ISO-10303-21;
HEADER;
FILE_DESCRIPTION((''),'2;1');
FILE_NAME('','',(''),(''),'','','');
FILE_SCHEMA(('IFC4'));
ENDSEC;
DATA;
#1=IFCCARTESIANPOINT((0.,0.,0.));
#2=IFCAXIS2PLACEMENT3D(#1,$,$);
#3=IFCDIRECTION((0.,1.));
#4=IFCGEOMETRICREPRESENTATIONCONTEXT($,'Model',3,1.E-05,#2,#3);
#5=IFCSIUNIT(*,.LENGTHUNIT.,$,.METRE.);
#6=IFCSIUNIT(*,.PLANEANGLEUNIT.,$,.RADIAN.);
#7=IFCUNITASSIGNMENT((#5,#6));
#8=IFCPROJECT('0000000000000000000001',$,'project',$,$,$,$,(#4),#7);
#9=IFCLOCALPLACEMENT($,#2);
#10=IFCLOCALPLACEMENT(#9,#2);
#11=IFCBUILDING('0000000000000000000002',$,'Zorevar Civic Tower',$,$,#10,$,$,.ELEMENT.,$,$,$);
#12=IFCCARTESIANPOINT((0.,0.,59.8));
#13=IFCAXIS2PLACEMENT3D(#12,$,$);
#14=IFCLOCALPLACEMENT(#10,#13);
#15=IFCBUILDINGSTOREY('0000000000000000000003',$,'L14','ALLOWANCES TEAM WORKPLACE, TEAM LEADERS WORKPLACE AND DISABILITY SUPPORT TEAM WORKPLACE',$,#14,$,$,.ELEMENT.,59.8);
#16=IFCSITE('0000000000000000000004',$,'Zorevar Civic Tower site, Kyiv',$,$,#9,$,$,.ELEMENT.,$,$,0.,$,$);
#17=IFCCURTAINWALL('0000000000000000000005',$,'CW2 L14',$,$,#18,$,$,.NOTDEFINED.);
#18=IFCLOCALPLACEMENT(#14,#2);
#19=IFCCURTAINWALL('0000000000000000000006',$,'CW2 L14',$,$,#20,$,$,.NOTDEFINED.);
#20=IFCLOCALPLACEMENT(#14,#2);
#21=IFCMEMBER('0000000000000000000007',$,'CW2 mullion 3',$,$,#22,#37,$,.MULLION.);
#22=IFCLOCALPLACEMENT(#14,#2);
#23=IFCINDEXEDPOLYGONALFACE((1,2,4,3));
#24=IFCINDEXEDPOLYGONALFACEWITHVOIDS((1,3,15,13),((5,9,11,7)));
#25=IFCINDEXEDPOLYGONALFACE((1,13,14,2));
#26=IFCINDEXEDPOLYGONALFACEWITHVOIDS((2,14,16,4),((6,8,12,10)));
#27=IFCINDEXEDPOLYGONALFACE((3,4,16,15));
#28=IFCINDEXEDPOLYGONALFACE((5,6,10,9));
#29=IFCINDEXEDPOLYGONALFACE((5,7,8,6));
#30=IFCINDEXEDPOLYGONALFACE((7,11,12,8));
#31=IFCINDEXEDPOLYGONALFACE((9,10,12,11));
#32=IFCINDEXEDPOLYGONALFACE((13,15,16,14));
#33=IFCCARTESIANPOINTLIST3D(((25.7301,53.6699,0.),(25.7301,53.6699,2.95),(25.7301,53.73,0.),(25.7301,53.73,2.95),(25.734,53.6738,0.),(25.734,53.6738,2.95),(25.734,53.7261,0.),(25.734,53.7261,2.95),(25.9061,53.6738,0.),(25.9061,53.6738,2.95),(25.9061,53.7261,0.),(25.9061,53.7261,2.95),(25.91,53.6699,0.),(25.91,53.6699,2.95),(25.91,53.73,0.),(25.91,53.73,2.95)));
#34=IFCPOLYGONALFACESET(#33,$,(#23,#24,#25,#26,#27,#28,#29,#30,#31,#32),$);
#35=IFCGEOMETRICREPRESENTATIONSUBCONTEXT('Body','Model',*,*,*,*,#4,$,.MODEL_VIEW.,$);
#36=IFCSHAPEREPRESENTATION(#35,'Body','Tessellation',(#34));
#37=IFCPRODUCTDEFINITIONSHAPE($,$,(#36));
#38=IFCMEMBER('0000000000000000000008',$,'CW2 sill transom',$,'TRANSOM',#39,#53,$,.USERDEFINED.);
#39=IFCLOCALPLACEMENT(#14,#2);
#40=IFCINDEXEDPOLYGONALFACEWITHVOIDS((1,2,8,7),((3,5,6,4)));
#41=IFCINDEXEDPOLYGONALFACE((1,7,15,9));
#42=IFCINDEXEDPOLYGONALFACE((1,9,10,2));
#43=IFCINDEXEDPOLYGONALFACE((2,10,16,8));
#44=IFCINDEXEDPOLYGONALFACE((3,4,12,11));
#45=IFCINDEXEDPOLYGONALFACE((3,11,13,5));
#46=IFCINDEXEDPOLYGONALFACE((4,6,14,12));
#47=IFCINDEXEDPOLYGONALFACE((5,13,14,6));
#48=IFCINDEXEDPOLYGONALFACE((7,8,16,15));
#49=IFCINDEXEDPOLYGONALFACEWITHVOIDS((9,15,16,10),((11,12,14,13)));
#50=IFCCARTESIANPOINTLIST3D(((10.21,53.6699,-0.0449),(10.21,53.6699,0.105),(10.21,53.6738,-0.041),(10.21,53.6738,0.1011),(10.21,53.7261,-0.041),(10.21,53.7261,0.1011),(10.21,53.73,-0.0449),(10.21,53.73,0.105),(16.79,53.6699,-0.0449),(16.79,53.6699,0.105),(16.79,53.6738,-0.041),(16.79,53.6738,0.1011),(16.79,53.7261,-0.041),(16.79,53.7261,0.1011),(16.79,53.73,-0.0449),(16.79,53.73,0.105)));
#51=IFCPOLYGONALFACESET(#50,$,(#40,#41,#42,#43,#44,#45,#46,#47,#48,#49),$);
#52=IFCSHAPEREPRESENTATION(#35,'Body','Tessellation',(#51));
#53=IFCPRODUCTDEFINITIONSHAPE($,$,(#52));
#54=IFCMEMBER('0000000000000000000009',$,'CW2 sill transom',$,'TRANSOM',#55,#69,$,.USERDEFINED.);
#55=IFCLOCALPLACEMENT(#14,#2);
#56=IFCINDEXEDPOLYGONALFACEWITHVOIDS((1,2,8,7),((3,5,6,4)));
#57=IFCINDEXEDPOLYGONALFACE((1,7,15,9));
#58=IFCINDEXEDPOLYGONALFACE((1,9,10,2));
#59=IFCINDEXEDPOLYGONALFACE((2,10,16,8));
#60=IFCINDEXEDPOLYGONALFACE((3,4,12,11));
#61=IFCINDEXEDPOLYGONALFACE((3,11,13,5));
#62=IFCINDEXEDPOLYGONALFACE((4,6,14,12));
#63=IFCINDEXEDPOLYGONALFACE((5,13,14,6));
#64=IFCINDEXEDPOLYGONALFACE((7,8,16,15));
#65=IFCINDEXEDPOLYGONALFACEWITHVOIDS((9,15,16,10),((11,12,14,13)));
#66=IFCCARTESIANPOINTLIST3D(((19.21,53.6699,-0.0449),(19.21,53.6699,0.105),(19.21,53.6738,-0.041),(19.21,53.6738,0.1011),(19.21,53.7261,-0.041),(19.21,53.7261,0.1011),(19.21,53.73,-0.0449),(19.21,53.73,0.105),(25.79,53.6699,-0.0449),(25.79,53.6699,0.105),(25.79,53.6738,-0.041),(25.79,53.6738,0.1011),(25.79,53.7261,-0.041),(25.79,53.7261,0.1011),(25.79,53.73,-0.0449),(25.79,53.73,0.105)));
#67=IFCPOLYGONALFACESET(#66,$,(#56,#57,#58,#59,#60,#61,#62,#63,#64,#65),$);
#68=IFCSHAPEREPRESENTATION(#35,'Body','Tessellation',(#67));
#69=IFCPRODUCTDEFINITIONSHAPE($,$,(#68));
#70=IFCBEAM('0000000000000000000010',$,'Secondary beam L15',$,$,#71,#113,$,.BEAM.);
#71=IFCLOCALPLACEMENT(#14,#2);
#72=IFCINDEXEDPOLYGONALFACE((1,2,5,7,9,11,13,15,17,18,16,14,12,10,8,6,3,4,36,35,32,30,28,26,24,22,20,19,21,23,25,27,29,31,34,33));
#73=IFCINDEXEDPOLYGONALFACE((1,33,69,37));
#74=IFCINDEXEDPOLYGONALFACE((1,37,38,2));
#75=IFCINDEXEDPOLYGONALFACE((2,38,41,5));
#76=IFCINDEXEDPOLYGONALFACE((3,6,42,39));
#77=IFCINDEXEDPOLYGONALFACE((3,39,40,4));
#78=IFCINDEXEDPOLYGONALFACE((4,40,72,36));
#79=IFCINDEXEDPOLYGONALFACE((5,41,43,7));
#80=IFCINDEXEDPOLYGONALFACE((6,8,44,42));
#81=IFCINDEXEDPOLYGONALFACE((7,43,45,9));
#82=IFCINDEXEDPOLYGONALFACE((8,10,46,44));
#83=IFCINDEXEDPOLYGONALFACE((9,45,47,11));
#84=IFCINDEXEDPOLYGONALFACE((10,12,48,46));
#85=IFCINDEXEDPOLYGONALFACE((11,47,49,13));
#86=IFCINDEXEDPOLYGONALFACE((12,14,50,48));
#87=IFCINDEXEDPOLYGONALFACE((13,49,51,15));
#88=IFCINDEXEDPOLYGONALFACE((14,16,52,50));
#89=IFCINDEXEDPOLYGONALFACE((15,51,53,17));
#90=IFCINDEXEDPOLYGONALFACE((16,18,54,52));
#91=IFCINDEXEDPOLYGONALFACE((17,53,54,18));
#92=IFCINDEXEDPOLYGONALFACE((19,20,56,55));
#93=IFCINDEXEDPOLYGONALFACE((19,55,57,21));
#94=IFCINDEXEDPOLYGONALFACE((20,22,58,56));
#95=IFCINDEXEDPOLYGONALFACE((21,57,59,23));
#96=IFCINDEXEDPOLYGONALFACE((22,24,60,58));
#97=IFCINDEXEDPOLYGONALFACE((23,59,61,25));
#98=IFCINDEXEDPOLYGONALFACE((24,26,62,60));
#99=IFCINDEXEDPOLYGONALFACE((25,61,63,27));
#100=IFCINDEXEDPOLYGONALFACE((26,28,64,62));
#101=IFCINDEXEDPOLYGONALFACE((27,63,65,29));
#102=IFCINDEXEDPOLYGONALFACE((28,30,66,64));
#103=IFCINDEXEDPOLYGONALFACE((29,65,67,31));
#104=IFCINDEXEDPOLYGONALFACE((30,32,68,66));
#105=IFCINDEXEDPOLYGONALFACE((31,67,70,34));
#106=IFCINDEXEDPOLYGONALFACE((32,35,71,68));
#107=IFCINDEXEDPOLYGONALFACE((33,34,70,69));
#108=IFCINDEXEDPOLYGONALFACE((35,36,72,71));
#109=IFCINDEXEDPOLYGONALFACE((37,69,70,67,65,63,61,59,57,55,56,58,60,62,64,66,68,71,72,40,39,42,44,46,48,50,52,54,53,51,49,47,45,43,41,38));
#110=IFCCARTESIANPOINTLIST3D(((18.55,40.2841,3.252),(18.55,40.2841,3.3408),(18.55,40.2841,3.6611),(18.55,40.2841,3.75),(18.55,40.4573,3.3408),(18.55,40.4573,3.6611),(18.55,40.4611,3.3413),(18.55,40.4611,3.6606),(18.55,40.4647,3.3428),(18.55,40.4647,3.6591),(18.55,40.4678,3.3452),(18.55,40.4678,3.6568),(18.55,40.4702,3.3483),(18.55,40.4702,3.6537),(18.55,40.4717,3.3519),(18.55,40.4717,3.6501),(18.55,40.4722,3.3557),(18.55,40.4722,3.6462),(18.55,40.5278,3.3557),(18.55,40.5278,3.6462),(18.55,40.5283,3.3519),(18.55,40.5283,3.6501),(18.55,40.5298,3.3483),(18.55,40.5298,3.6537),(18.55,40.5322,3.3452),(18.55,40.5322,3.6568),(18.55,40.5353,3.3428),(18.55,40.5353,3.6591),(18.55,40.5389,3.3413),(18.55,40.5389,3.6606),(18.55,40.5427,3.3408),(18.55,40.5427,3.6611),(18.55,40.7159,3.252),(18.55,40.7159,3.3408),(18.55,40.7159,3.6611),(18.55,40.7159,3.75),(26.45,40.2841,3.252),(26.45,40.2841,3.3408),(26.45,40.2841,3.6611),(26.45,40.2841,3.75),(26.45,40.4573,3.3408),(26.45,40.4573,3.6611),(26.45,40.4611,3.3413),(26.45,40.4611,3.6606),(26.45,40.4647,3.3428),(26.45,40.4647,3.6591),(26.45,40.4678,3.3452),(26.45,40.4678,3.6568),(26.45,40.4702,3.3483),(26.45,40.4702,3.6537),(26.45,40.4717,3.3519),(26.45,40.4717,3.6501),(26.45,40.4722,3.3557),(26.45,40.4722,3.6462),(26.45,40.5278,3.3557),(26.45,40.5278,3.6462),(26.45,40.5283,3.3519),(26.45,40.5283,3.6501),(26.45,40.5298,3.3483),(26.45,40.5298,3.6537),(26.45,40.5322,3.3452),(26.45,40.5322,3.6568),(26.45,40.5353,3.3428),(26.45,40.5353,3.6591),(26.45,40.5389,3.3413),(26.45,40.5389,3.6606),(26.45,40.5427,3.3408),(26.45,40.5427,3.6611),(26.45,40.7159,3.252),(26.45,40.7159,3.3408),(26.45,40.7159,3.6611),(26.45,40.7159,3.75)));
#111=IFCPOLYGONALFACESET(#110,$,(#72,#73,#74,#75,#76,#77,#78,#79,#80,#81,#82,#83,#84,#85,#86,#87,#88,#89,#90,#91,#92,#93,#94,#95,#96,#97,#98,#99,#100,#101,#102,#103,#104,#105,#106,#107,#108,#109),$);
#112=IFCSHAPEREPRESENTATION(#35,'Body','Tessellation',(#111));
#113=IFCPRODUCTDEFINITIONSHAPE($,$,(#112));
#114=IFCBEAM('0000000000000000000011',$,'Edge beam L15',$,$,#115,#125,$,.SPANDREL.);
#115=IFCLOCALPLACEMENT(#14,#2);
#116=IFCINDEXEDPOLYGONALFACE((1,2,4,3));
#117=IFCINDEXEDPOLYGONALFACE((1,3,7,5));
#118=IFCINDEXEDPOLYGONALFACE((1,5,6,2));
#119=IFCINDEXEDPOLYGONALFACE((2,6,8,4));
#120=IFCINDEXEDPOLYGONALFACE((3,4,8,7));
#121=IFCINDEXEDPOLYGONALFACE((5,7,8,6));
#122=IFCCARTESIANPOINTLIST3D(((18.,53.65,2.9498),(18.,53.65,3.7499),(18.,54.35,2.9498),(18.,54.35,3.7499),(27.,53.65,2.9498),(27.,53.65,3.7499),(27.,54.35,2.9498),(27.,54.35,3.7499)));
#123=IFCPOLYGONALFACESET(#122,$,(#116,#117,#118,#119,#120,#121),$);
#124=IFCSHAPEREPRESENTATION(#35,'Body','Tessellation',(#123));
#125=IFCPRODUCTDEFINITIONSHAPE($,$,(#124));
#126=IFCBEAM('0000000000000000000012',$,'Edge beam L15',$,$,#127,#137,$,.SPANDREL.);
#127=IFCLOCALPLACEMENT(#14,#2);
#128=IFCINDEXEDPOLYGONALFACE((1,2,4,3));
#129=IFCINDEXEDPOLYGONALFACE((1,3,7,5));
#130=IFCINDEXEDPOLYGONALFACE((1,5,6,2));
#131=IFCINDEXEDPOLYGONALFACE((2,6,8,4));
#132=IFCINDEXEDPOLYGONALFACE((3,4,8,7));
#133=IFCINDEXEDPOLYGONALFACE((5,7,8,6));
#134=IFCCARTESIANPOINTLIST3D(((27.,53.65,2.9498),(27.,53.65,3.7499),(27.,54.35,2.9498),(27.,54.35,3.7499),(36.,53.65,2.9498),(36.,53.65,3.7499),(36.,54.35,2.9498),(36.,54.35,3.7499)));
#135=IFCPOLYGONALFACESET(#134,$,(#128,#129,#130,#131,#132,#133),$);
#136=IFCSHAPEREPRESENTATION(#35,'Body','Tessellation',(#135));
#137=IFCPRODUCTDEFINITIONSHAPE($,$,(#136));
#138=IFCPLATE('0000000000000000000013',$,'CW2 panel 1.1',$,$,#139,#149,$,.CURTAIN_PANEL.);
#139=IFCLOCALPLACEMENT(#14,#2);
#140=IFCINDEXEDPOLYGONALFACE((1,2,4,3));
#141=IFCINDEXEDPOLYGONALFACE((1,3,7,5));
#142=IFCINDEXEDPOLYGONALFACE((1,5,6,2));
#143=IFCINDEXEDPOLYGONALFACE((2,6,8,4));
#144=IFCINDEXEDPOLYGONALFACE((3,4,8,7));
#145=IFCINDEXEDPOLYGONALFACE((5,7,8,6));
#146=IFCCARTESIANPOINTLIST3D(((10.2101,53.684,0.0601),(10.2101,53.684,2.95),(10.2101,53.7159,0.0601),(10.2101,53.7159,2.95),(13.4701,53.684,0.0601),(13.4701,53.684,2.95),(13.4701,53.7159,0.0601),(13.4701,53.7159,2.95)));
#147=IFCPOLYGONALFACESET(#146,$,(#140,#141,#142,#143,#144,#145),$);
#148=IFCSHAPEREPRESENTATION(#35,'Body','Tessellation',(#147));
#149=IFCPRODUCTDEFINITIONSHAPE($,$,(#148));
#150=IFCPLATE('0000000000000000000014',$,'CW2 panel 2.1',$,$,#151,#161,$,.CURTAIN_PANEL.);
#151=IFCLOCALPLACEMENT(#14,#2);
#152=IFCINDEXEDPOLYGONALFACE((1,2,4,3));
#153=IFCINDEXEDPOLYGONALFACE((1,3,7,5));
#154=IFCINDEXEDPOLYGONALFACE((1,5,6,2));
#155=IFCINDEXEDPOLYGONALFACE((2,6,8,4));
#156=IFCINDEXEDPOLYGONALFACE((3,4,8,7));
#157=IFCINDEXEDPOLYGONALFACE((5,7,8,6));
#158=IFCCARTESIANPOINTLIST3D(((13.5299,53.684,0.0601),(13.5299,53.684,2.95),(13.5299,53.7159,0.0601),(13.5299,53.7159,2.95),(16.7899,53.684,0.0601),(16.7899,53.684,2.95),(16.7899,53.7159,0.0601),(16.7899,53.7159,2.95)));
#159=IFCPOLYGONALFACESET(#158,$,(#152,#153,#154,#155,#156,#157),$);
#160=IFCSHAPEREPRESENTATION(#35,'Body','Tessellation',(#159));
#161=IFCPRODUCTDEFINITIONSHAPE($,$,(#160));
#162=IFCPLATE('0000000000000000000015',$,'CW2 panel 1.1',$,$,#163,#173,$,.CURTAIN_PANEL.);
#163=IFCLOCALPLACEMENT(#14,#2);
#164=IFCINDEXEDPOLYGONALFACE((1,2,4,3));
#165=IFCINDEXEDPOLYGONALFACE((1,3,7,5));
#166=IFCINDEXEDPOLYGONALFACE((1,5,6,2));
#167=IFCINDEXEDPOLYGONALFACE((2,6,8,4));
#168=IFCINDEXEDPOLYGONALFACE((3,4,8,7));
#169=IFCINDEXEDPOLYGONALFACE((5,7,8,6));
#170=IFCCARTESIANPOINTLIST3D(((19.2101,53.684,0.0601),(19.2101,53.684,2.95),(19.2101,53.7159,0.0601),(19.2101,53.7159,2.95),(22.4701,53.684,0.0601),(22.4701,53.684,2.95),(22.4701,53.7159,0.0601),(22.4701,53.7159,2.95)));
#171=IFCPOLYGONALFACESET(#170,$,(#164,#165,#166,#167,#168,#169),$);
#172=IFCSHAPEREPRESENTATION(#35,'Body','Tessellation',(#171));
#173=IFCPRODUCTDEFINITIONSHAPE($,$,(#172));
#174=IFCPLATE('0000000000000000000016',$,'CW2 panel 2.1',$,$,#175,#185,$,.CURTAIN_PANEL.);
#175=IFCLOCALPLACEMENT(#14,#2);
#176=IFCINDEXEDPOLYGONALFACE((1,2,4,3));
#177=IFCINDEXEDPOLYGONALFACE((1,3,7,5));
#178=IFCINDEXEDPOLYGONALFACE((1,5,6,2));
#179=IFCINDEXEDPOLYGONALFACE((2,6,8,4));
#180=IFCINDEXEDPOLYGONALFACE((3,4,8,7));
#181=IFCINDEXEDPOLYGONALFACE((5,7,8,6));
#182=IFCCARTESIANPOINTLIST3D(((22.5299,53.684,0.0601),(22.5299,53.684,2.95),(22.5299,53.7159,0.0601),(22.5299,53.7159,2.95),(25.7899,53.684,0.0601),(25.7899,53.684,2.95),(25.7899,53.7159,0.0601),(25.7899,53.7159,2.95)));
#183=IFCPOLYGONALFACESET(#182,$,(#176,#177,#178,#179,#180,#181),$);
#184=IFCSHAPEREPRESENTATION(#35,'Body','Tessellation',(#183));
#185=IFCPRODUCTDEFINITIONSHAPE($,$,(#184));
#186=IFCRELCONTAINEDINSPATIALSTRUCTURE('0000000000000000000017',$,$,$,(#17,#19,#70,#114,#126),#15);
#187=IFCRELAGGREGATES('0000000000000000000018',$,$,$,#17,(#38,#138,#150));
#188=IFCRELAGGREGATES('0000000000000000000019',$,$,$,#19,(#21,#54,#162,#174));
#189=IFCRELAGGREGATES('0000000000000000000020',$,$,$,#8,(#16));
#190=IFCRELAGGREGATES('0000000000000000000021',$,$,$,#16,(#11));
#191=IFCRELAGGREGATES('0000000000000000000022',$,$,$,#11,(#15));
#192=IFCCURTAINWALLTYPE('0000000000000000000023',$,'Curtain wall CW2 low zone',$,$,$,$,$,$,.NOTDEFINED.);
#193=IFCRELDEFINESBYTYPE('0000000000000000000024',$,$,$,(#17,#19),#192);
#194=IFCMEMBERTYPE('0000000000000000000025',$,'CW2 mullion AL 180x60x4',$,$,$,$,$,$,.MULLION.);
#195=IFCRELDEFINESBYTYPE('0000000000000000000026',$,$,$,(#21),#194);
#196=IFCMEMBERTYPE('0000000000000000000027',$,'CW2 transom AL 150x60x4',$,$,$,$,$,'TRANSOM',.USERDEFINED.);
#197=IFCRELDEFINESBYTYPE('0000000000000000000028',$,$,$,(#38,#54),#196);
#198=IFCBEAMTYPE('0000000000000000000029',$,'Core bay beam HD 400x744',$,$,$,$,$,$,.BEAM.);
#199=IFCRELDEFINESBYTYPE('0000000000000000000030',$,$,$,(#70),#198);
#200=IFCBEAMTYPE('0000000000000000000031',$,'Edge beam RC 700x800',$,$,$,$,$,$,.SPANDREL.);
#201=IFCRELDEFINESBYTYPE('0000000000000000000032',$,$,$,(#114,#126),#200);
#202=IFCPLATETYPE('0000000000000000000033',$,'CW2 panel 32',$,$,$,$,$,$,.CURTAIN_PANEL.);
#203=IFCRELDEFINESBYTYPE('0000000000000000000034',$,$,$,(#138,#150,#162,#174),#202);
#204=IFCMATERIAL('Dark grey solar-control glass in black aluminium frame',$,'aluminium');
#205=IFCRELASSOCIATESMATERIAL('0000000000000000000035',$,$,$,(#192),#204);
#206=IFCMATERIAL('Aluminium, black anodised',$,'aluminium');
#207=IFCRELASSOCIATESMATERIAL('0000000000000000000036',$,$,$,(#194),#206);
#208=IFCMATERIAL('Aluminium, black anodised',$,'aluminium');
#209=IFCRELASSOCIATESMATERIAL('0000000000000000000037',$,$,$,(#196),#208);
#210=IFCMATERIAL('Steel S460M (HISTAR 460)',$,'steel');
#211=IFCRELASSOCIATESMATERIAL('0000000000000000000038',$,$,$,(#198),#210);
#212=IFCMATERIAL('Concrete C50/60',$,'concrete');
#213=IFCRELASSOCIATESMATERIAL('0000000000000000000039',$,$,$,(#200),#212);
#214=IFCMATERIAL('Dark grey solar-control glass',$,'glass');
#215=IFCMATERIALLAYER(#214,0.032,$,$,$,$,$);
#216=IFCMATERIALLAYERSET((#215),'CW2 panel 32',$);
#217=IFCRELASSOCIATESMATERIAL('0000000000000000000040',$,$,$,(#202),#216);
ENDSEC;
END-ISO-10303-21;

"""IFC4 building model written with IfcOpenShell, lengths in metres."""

from ifc_helpers import new_model, si_unit, direction, frame, origin, origin_2d, place, context, subcontext, project, spatial, rectangle, hollow_rectangle, i_section, extrude, material, layer, layer_set, material_profile, profile_set, type_object, element, aggregate, save


model = new_model("IFC4")

# Units and contexts
model_context = context("Model", 3, precision=1e-05, world=origin(), true_north=direction((0.0, 1.0)))
body_context = subcontext(model_context, "Body", "Model", "MODEL_VIEW")
ifc_project = project(units=[si_unit("LENGTHUNIT", "METRE"), si_unit("PLANEANGLEUNIT", "RADIAN")], contexts=[model_context])

# Site, building, storey
site_placement = place(None, origin())
site = spatial("IfcSite", under=ifc_project, at=site_placement, Name="Zorevar Civic Tower site, Kyiv", CompositionType="ELEMENT", RefElevation=0.0)
building_placement = place(site_placement, origin())
building = spatial("IfcBuilding", under=site, at=building_placement, Name="Zorevar Civic Tower", CompositionType="ELEMENT")
storey_placement = place(building_placement, frame((0.0, 0.0, 59.8)))
storey = spatial("IfcBuildingStorey", under=building, at=storey_placement, Name="L14", Description="ALLOWANCES TEAM WORKPLACE, TEAM LEADERS WORKPLACE AND DISABILITY SUPPORT TEAM WORKPLACE", CompositionType="ELEMENT", Elevation=59.8)

# Curtain walls, member
ifc_material_1 = material(Name="Dark grey solar-control glass in black aluminium frame", Category="aluminium")
curtain_wall_type = type_object("IfcCurtainWallType", Name="Curtain wall CW2 low zone", PredefinedType="NOTDEFINED", material=ifc_material_1)
curtain_wall_1_placement = place(storey_placement, origin())
curtain_wall_1 = element("IfcCurtainWall", 1, at=curtain_wall_1_placement, inside=storey, type_object=curtain_wall_type, Name="CW2 L14", PredefinedType="NOTDEFINED")
ifc_material_2 = material(Name="Aluminium, black anodised", Category="aluminium")
ifc_material_profile_1 = material_profile(ifc_material_2, hollow_rectangle(XDim=0.0601, YDim=0.1799, WallThickness=0.0039, at=origin_2d()), Name="AL 180x60x4")
ifc_profile_set_1 = profile_set([ifc_material_profile_1], Name="Aluminium, black anodised")
member_type_1 = type_object("IfcMemberType", Name="CW2 mullion AL 180x60x4", PredefinedType="MULLION", material=ifc_profile_set_1)
curtain_wall_2_placement = place(storey_placement, origin())
curtain_wall_2 = element("IfcCurtainWall", 2, at=curtain_wall_2_placement, inside=storey, type_object=curtain_wall_type, Name="CW2 L14", PredefinedType="NOTDEFINED")
member_1_placement = place(storey_placement, frame((25.8201, 53.7, 0.0), z_axis=(0.0, 0.0, 1.0), x_axis=(0.0, 1.0, 0.0)))
member_1 = element("IfcMember", 3, at=member_1_placement, type_object=member_type_1, Name="CW2 mullion 3", PredefinedType="MULLION", context=body_context, shape_type="SweptSolid", body=[
    extrude(hollow_rectangle(XDim=0.0601, YDim=0.1799, WallThickness=0.0039, at=origin_2d()), origin(), (0.0, 0.0, 1.0), 2.95),
])

# Members
ifc_material_3 = material(Name="Aluminium, black anodised", Category="aluminium")
ifc_material_profile_2 = material_profile(ifc_material_3, hollow_rectangle(XDim=0.0601, YDim=0.1499, WallThickness=0.0039, at=origin_2d()), Name="AL 150x60x4")
ifc_profile_set_2 = profile_set([ifc_material_profile_2], Name="Aluminium, black anodised")
member_type_2 = type_object("IfcMemberType", Name="CW2 transom AL 150x60x4", ElementType="TRANSOM", PredefinedType="USERDEFINED", material=ifc_profile_set_2)
member_2_placement = place(storey_placement, frame((10.21, 53.7, 0.03), z_axis=(1.0, 0.0, 0.0), x_axis=(0.0, 1.0, 0.0)))
member_2 = element("IfcMember", 4, at=member_2_placement, type_object=member_type_2, Name="CW2 sill transom", ObjectType="TRANSOM", PredefinedType="USERDEFINED", context=body_context, shape_type="SweptSolid", body=[
    extrude(hollow_rectangle(XDim=0.0601, YDim=0.1499, WallThickness=0.0039, at=origin_2d()), origin(), (0.0, 0.0, 1.0), 6.5801),
])
member_3_placement = place(storey_placement, frame((19.21, 53.7, 0.03), z_axis=(1.0, 0.0, 0.0), x_axis=(0.0, 1.0, 0.0)))
member_3 = element("IfcMember", 5, at=member_3_placement, type_object=member_type_2, Name="CW2 sill transom", ObjectType="TRANSOM", PredefinedType="USERDEFINED", context=body_context, shape_type="SweptSolid", body=[
    extrude(hollow_rectangle(XDim=0.0601, YDim=0.1499, WallThickness=0.0039, at=origin_2d()), origin(), (0.0, 0.0, 1.0), 6.5801),
])

# Beams
ifc_material_4 = material(Name="Steel S460M (HISTAR 460)", Category="steel")
ifc_material_profile_3 = material_profile(ifc_material_4, i_section(OverallWidth=0.4319, OverallDepth=0.498, WebThickness=0.0557, FlangeThickness=0.0889, FilletRadius=0.0149, at=origin_2d()), Name="HD 400x744")
ifc_profile_set_3 = profile_set([ifc_material_profile_3], Name="Steel S460M (HISTAR 460)")
beam_type_1 = type_object("IfcBeamType", Name="Core bay beam HD 400x744", PredefinedType="BEAM", material=ifc_profile_set_3)
beam_1_placement = place(storey_placement, frame((18.55, 40.5, 3.501), z_axis=(1.0, 0.0, 0.0), x_axis=(0.0, 1.0, 0.0)))
element("IfcBeam", 6, at=beam_1_placement, inside=storey, type_object=beam_type_1, Name="Secondary beam L15", PredefinedType="BEAM", context=body_context, shape_type="SweptSolid", body=[
    extrude(i_section(OverallWidth=0.4319, OverallDepth=0.498, WebThickness=0.0557, FlangeThickness=0.0889, FilletRadius=0.0149, at=origin_2d()), origin(), (0.0, 0.0, 1.0), 7.8999),
])
ifc_material_5 = material(Name="Concrete C50/60", Category="concrete")
ifc_material_profile_4 = material_profile(ifc_material_5, rectangle(XDim=0.7, YDim=0.8, at=origin_2d()), Name="RC 700x800")
ifc_profile_set_4 = profile_set([ifc_material_profile_4], Name="Concrete C50/60")
beam_type_2 = type_object("IfcBeamType", Name="Edge beam RC 700x800", PredefinedType="SPANDREL", material=ifc_profile_set_4)
for number, where, z_axis, x_axis, name in (
    (7, (18.0, 54.0, 3.3499), (1.0, 0.0, 0.0), (0.0, 1.0, 0.0), "Edge beam L15"),
    (8, (27.0, 54.0, 3.3499), (1.0, 0.0, 0.0), (0.0, 1.0, 0.0), "Edge beam L15"),
):
    element("IfcBeam", number, at=place(storey_placement, frame(where, z_axis=z_axis, x_axis=x_axis)), inside=storey, type_object=beam_type_2, Name=name, PredefinedType="SPANDREL", context=body_context, shape_type="SweptSolid", body=[
        extrude(rectangle(XDim=0.7, YDim=0.8, at=origin_2d()), origin(), (0.0, 0.0, 1.0), 9.0),
    ])

# Plates
ifc_material_6 = material(Name="Dark grey solar-control glass", Category="glass")
ifc_layer_1 = layer(ifc_material_6, 0.032)
ifc_layer_set_1 = layer_set([ifc_layer_1], Name="CW2 panel 32")
plate_type = type_object("IfcPlateType", Name="CW2 panel 32", PredefinedType="CURTAIN_PANEL", material=ifc_layer_set_1)
plate_1_placement = place(storey_placement, frame((11.8401, 53.7, 0.0601), z_axis=(0.0, 0.0, 1.0), x_axis=(1.0, 0.0, 0.0)))
plate_1 = element("IfcPlate", 9, at=plate_1_placement, type_object=plate_type, Name="CW2 panel 1.1", PredefinedType="CURTAIN_PANEL", context=body_context, shape_type="SweptSolid", body=[
    extrude(rectangle(XDim=3.26, YDim=0.032, at=origin_2d()), origin(), (0.0, 0.0, 1.0), 2.8899),
])
plate_2_placement = place(storey_placement, frame((15.1599, 53.7, 0.0601), z_axis=(0.0, 0.0, 1.0), x_axis=(1.0, 0.0, 0.0)))
plate_2 = element("IfcPlate", 10, at=plate_2_placement, type_object=plate_type, Name="CW2 panel 2.1", PredefinedType="CURTAIN_PANEL", context=body_context, shape_type="SweptSolid", body=[
    extrude(rectangle(XDim=3.26, YDim=0.032, at=origin_2d()), origin(), (0.0, 0.0, 1.0), 2.8899),
])
aggregate(curtain_wall_1, [member_2, plate_1, plate_2])
plate_3_placement = place(storey_placement, frame((20.8401, 53.7, 0.0601), z_axis=(0.0, 0.0, 1.0), x_axis=(1.0, 0.0, 0.0)))
plate_3 = element("IfcPlate", 11, at=plate_3_placement, type_object=plate_type, Name="CW2 panel 1.1", PredefinedType="CURTAIN_PANEL", context=body_context, shape_type="SweptSolid", body=[
    extrude(rectangle(XDim=3.26, YDim=0.032, at=origin_2d()), origin(), (0.0, 0.0, 1.0), 2.8899),
])
plate_4_placement = place(storey_placement, frame((24.1599, 53.7, 0.0601), z_axis=(0.0, 0.0, 1.0), x_axis=(1.0, 0.0, 0.0)))
plate_4 = element("IfcPlate", 12, at=plate_4_placement, type_object=plate_type, Name="CW2 panel 2.1", PredefinedType="CURTAIN_PANEL", context=body_context, shape_type="SweptSolid", body=[
    extrude(rectangle(XDim=3.26, YDim=0.032, at=origin_2d()), origin(), (0.0, 0.0, 1.0), 2.8899),
])
aggregate(curtain_wall_2, [member_1, member_3, plate_3, plate_4])

save(model, "model.ifc")
